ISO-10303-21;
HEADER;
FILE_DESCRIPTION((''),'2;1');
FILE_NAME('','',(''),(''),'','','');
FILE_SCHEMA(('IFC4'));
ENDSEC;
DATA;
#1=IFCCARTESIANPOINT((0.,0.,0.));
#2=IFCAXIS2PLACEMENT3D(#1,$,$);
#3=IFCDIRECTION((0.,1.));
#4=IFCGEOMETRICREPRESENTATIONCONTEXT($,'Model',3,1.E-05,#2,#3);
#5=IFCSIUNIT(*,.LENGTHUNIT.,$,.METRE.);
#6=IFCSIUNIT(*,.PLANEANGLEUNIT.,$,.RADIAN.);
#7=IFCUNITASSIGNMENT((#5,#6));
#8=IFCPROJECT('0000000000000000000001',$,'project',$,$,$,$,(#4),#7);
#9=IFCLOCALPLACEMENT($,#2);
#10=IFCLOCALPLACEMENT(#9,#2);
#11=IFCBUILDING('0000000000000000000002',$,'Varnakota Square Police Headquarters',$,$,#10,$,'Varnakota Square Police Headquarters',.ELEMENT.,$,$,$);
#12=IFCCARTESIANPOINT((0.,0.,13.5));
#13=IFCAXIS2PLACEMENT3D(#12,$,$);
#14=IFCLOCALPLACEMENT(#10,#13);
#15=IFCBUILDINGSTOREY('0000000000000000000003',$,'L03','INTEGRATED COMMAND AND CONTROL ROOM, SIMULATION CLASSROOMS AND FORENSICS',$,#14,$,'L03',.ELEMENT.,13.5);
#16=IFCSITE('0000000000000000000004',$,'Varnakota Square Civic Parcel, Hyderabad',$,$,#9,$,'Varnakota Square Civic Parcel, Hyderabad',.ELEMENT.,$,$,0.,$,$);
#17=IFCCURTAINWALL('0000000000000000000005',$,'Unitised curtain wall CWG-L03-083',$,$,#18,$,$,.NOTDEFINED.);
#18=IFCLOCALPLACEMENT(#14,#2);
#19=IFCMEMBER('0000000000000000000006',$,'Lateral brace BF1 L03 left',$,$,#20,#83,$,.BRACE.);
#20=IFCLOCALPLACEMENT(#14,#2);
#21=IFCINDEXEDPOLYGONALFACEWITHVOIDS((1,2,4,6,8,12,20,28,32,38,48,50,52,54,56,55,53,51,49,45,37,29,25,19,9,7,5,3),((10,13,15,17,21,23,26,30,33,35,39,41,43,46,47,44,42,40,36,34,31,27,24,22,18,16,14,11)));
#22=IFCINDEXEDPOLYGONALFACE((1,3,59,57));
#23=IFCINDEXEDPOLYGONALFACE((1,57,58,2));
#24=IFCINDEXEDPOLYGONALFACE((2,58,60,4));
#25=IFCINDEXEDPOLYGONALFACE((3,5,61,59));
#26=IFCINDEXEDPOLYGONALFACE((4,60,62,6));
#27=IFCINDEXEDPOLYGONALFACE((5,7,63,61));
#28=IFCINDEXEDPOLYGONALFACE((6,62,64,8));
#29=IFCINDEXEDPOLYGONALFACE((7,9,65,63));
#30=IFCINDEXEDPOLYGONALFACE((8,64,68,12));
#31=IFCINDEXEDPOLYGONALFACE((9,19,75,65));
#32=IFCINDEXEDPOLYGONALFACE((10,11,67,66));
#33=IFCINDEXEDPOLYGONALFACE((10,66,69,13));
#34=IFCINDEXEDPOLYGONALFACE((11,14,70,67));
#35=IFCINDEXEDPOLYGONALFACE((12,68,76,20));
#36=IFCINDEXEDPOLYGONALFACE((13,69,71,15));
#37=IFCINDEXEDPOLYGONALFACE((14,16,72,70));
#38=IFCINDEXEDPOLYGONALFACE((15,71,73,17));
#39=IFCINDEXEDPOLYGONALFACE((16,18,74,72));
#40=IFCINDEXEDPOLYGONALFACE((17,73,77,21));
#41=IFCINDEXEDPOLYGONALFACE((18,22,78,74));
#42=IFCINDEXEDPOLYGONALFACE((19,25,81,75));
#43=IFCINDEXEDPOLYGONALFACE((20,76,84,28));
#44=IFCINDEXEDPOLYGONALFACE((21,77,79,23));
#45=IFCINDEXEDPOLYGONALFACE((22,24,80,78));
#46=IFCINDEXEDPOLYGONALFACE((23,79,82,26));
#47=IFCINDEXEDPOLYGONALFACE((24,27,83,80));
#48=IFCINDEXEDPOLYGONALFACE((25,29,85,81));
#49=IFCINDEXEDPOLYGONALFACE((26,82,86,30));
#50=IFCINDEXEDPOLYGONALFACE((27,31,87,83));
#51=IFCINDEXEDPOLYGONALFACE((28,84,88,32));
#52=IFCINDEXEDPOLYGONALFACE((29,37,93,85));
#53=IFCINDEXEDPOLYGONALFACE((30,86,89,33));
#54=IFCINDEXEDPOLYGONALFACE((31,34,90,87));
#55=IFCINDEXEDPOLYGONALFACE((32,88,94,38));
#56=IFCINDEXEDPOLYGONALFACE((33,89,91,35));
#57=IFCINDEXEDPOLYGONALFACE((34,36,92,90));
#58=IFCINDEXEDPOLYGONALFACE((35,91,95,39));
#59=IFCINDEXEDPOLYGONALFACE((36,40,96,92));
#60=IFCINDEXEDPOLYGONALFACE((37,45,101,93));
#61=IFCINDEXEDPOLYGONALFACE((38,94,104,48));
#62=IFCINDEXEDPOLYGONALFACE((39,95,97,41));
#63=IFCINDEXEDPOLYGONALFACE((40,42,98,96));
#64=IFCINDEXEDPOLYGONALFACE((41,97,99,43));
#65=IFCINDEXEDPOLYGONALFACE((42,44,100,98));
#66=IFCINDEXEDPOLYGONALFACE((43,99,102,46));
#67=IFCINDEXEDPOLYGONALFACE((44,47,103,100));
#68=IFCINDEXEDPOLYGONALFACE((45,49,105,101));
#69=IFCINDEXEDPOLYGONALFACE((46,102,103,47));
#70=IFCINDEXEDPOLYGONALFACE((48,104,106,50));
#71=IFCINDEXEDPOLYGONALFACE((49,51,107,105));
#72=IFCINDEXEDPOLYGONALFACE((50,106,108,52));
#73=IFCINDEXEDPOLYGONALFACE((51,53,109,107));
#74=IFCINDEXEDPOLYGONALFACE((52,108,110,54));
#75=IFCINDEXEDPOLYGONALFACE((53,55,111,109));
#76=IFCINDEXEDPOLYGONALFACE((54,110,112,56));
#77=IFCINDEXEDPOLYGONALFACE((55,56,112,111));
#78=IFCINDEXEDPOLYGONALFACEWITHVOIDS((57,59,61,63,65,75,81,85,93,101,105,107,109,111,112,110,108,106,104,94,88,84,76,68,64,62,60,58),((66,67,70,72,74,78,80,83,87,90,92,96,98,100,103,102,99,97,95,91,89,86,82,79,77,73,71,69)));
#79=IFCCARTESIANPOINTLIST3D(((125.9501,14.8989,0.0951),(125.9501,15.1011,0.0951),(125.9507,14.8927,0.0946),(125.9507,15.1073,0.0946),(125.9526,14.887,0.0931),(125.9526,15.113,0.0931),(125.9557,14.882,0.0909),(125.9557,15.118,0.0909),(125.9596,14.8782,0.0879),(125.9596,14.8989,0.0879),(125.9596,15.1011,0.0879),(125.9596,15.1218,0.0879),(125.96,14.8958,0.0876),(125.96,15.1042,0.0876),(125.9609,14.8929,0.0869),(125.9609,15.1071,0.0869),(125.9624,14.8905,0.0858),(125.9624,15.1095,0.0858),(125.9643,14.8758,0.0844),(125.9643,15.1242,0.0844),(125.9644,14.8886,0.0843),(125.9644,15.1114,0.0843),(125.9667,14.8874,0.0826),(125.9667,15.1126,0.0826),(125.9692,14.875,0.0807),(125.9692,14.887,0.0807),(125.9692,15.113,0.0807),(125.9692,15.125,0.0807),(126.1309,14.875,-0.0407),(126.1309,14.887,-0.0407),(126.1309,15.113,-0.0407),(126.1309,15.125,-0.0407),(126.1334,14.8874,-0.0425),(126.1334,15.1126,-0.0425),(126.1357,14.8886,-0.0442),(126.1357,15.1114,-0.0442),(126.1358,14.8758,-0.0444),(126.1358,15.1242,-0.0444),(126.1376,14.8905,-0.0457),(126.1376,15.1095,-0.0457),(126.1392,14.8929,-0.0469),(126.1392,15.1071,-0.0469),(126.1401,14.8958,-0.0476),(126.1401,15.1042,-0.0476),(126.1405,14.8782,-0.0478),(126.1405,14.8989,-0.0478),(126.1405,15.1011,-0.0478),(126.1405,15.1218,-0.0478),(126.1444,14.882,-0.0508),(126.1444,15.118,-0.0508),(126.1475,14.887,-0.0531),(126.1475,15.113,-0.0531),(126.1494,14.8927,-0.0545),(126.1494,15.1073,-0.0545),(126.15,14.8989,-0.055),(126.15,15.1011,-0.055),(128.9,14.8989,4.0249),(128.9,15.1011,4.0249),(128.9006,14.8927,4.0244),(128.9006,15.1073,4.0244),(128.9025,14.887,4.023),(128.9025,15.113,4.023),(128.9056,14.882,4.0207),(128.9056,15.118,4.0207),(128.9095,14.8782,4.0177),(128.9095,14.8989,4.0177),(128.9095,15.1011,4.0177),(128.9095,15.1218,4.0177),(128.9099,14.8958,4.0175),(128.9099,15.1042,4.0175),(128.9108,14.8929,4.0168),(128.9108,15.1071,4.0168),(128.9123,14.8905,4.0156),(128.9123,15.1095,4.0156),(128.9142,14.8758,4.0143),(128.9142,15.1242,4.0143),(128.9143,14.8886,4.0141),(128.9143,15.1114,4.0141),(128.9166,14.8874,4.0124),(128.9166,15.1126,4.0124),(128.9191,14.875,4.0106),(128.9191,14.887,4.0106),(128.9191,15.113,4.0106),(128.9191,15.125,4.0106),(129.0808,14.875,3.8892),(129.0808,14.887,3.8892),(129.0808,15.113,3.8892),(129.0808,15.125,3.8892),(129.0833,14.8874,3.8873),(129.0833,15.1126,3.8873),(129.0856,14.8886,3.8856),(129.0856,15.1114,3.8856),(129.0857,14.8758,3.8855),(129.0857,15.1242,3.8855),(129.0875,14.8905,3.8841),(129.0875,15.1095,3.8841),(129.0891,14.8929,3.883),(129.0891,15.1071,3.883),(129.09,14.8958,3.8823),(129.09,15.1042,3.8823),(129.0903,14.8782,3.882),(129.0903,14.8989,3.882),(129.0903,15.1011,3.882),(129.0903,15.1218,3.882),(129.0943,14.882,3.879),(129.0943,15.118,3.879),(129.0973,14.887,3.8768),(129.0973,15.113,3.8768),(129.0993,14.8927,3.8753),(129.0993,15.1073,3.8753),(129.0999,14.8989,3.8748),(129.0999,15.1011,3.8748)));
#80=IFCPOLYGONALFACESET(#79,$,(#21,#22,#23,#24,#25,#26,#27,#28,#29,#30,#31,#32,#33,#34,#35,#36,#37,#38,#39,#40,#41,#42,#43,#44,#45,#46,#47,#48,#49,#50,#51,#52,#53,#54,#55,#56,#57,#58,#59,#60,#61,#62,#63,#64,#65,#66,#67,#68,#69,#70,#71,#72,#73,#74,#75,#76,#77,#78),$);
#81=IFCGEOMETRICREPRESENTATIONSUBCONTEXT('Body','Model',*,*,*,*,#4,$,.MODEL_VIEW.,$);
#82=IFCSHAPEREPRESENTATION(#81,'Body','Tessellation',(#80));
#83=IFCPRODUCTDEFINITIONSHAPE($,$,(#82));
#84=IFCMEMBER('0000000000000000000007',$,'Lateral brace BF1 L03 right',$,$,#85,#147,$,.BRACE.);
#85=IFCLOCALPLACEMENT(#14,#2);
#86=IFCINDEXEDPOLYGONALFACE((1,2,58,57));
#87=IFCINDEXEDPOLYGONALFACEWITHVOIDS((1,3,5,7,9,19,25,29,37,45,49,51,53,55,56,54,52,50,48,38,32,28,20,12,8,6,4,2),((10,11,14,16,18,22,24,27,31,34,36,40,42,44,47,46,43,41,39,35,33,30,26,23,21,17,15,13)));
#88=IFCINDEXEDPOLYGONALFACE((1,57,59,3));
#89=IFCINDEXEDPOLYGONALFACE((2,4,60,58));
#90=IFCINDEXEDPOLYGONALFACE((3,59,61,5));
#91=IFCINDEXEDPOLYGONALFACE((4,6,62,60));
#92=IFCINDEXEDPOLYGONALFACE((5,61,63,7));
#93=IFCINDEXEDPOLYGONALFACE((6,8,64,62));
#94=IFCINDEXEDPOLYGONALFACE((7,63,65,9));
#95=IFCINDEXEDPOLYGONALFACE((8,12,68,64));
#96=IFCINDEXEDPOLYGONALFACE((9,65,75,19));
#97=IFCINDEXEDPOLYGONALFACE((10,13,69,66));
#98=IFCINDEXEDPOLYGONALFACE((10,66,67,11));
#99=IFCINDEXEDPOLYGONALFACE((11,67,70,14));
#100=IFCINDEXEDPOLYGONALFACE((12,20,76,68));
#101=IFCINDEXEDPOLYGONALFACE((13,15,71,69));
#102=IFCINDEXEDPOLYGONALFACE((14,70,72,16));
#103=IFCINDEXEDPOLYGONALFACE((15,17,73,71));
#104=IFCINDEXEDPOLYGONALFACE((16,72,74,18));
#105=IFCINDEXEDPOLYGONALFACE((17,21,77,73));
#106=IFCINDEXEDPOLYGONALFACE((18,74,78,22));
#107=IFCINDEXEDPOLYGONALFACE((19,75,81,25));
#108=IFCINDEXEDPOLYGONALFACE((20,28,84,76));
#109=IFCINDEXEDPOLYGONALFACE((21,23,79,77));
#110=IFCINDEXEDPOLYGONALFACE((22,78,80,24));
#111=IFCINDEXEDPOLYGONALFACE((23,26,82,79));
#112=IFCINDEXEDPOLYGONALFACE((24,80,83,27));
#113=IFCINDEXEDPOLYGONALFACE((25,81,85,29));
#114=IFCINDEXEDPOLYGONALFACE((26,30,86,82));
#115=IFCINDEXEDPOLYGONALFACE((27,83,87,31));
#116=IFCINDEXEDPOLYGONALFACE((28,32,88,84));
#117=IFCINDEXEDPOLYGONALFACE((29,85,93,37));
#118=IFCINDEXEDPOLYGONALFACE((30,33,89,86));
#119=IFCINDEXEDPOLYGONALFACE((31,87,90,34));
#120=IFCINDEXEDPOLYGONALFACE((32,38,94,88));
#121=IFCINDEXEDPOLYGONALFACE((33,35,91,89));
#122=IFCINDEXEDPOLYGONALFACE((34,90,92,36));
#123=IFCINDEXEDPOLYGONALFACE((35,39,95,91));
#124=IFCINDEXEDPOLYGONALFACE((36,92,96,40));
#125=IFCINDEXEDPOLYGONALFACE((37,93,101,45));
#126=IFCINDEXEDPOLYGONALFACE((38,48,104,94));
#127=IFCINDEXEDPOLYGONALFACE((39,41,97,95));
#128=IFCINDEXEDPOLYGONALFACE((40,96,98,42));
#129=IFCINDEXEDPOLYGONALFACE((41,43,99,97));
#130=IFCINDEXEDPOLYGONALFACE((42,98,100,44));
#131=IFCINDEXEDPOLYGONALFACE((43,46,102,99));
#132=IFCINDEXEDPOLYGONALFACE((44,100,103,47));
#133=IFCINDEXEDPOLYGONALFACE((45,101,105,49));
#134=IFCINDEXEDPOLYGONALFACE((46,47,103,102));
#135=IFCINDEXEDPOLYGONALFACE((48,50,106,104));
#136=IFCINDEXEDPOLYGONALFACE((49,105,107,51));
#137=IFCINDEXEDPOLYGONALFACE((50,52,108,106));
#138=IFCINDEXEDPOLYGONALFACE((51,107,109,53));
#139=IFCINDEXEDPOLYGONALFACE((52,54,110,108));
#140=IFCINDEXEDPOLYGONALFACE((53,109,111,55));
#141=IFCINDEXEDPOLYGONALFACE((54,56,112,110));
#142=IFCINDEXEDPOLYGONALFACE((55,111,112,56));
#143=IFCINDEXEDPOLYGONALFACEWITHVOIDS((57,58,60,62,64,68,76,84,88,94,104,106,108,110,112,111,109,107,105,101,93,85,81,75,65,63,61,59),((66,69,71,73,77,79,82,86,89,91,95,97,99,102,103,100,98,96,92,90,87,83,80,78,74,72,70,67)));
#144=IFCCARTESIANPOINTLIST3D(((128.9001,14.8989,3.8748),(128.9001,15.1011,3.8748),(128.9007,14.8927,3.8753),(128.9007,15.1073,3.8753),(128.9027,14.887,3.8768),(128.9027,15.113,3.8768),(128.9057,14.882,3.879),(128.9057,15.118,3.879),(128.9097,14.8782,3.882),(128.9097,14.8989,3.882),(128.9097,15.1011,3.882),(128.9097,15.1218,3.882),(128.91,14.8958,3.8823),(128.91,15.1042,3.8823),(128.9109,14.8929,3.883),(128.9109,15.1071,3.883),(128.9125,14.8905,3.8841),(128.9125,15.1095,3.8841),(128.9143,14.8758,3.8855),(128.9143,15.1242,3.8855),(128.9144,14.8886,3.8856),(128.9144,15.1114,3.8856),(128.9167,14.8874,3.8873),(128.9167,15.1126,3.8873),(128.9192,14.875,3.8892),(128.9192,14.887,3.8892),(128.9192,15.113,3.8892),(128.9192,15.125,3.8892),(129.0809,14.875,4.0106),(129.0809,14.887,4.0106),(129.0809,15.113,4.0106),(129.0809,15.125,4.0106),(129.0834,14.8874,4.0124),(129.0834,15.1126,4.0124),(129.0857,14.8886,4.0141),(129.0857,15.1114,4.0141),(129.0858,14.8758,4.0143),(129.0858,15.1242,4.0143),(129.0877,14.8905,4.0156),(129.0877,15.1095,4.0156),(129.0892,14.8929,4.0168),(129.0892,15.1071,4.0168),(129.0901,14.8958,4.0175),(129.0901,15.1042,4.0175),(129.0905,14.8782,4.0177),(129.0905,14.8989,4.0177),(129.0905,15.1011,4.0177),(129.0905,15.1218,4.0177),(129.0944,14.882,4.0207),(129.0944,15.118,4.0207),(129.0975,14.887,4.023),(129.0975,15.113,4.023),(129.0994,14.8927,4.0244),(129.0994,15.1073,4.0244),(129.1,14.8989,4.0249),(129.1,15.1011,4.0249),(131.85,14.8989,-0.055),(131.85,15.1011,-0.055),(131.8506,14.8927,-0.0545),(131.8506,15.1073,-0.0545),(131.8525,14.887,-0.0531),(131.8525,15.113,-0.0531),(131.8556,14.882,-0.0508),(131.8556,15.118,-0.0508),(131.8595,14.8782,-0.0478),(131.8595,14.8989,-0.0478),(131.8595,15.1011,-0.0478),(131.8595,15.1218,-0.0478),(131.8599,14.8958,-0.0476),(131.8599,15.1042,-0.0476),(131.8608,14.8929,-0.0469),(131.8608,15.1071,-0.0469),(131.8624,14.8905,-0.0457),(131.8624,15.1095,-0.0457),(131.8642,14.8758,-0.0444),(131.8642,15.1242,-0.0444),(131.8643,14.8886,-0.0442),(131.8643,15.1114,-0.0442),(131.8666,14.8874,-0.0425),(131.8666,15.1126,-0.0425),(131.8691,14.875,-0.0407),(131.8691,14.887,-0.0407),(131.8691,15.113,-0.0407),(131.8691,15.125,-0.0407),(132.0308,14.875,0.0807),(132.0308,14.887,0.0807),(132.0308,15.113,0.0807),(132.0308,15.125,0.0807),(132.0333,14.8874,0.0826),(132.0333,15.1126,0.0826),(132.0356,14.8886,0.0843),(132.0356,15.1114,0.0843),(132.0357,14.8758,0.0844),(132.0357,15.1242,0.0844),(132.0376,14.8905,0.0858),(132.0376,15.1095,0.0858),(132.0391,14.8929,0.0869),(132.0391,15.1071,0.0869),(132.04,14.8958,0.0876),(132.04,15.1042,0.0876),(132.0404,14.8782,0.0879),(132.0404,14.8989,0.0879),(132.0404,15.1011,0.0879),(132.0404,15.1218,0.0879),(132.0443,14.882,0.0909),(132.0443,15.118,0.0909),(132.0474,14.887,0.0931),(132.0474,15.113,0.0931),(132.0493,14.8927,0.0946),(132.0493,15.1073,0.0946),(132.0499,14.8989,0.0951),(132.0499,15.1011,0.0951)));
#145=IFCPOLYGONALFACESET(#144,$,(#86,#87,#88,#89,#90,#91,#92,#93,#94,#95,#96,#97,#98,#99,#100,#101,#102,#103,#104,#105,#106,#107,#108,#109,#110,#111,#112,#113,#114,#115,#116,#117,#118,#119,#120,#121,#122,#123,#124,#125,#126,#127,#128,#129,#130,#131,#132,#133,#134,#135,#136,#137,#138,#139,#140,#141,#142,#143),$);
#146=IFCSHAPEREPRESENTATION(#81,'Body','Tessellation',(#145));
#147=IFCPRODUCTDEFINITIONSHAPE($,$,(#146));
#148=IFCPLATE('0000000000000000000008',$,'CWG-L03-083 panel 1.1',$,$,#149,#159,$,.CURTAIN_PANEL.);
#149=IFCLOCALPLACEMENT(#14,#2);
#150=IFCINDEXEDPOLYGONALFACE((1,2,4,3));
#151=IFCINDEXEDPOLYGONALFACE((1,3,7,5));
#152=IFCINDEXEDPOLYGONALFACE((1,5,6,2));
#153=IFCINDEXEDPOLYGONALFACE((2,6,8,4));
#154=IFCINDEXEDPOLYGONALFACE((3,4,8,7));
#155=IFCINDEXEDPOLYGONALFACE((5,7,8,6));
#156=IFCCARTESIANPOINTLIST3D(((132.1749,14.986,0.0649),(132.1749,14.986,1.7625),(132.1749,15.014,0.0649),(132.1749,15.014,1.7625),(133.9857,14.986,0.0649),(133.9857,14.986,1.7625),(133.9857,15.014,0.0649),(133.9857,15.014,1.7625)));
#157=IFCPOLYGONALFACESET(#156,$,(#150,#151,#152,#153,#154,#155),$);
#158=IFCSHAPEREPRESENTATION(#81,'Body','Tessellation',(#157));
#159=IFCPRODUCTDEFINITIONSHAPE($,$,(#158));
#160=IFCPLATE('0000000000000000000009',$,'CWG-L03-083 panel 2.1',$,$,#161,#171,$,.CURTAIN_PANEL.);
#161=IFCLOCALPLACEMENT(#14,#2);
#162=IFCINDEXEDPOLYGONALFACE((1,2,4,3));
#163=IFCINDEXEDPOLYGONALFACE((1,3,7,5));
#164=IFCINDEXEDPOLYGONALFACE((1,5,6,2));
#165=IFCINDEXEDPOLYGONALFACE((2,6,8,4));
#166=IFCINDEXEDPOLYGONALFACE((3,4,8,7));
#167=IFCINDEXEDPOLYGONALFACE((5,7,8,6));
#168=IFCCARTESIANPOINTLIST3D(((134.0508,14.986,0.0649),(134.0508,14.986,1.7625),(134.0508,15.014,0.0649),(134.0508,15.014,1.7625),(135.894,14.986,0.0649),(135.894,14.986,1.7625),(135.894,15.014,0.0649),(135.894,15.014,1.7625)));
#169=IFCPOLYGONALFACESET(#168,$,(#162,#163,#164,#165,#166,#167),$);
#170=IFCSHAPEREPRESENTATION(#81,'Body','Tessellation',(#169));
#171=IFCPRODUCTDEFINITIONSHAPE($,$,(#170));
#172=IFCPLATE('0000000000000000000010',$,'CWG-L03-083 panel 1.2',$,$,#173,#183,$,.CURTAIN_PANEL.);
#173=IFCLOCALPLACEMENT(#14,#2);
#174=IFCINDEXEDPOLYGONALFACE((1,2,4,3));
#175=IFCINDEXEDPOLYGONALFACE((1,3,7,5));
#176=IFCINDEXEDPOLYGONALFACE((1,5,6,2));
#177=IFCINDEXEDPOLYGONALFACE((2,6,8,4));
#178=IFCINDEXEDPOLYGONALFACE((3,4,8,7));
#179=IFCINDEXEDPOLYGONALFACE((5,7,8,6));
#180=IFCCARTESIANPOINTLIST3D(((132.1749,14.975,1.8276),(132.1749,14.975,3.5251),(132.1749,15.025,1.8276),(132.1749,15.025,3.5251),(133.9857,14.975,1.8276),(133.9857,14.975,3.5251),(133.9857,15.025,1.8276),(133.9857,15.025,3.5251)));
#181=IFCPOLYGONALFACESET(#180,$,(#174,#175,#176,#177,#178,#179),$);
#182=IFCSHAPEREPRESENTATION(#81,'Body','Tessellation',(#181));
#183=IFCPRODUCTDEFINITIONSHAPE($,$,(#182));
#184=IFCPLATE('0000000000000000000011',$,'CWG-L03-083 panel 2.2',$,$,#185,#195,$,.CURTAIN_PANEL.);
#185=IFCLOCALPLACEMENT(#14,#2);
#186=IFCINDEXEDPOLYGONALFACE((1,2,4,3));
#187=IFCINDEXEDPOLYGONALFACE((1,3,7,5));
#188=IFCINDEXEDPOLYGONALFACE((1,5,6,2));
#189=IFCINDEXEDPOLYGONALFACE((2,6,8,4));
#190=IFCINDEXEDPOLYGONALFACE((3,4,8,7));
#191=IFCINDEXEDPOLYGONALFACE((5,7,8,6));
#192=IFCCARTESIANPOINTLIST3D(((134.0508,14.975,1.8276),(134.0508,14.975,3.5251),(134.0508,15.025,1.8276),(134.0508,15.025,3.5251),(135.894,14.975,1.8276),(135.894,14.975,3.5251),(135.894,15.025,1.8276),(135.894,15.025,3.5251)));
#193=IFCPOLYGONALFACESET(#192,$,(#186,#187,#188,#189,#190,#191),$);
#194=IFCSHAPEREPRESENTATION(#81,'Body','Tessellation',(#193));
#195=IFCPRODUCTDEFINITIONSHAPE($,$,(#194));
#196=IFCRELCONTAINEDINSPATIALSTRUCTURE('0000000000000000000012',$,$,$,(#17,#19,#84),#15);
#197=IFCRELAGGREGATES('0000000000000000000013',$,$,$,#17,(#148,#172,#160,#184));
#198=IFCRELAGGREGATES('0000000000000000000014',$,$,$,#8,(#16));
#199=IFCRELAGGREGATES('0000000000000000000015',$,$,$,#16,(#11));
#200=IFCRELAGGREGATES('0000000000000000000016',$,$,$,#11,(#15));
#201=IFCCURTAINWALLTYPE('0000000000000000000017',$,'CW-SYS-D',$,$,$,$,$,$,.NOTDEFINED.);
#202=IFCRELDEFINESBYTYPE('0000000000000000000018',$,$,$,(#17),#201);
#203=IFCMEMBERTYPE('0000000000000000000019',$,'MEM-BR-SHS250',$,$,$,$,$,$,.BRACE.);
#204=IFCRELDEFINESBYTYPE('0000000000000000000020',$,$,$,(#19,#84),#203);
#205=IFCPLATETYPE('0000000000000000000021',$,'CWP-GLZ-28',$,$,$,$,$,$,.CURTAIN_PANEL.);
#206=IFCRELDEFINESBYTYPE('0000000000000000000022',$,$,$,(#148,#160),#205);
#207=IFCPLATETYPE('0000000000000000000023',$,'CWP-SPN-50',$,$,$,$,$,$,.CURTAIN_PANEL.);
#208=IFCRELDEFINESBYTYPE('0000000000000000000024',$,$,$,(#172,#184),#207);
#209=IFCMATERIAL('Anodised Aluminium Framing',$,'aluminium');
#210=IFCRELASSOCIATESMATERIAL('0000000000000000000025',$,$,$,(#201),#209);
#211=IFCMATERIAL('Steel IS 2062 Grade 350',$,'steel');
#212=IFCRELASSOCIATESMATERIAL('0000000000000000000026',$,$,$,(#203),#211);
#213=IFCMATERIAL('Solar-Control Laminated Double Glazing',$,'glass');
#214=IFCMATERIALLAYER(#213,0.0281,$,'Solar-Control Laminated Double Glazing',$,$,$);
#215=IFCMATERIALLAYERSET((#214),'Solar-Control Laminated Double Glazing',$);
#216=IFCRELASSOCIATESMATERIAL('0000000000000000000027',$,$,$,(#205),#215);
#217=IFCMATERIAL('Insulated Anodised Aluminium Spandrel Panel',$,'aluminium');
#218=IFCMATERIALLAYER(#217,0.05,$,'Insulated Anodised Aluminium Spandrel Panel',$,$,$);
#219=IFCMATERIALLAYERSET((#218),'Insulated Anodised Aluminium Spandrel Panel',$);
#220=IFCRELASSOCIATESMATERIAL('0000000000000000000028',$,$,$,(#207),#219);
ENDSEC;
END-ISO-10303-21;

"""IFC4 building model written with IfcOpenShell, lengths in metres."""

from ifc_helpers import new_model, si_unit, direction, frame, origin, origin_2d, place, context, subcontext, project, spatial, rectangle, hollow_rectangle, extrude, material, layer, layer_set, material_profile, profile_set, type_object, element, aggregate, save


model = new_model("IFC4")

# Units and contexts
model_context = context("Model", 3, precision=1e-05, world=origin(), true_north=direction((0.0, 1.0)))
body_context = subcontext(model_context, "Body", "Model", "MODEL_VIEW")
ifc_project = project(units=[si_unit("LENGTHUNIT", "METRE"), si_unit("PLANEANGLEUNIT", "RADIAN")], contexts=[model_context])

# Site, building, storey
site_placement = place(None, origin())
site = spatial("IfcSite", under=ifc_project, at=site_placement, Name="Varnakota Square Civic Parcel, Hyderabad", LongName="Varnakota Square Civic Parcel, Hyderabad", CompositionType="ELEMENT", RefElevation=0.0)
building_placement = place(site_placement, origin())
building = spatial("IfcBuilding", under=site, at=building_placement, Name="Varnakota Square Police Headquarters", LongName="Varnakota Square Police Headquarters", CompositionType="ELEMENT")
storey_placement = place(building_placement, frame((0.0, 0.0, 13.5)))
storey = spatial("IfcBuildingStorey", under=building, at=storey_placement, Name="L03", Description="INTEGRATED COMMAND AND CONTROL ROOM, SIMULATION CLASSROOMS AND FORENSICS", LongName="L03", CompositionType="ELEMENT", Elevation=13.5)

# Shared definitions
ifc_material_1 = material(Name="Steel IS 2062 Grade 350", Category="steel")

# Curtain wall
ifc_material_2 = material(Name="Anodised Aluminium Framing", Category="aluminium")
curtain_wall_type = type_object("IfcCurtainWallType", Name="CW-SYS-D", PredefinedType="NOTDEFINED", material=ifc_material_2)
curtain_wall_placement = place(storey_placement, origin())
curtain_wall = element("IfcCurtainWall", 1, at=curtain_wall_placement, inside=storey, type_object=curtain_wall_type, Name="Unitised curtain wall CWG-L03-083", PredefinedType="NOTDEFINED")

# Members
ifc_material_profile_1 = material_profile(ifc_material_1, hollow_rectangle(XDim=0.25, YDim=0.25, WallThickness=0.012, InnerFilletRadius=0.012, OuterFilletRadius=0.0239, at=origin_2d()), Name="SHS 250x250x12")
ifc_profile_set_1 = profile_set([ifc_material_profile_1], Name="Steel IS 2062 Grade 350")
member_type_1 = type_object("IfcMemberType", Name="MEM-BR-SHS250", PredefinedType="BRACE", material=ifc_profile_set_1)
for number, where, z_axis, x_axis, name in (
    (2, (126.05, 15.0, 0.02), (0.600326, 0.0, 0.799755), (0.0, 1.0, 0.0), "Lateral brace BF1 L03 left"),
    (3, (131.95, 15.0, 0.02), (-0.600326, 0.0, 0.799755), (0.0, -1.0, 0.0), "Lateral brace BF1 L03 right"),
):
    element("IfcMember", number, at=place(storey_placement, frame(where, z_axis=z_axis, x_axis=x_axis)), inside=storey, type_object=member_type_1, Name=name, PredefinedType="BRACE", context=body_context, shape_type="SweptSolid", body=[
        extrude(hollow_rectangle(XDim=0.25, YDim=0.25, WallThickness=0.012, InnerFilletRadius=0.012, OuterFilletRadius=0.0239, at=origin_2d()), origin(), (0.0, 0.0, 1.0), 4.9138),
    ])

# Plates
ifc_material_3 = material(Name="Solar-Control Laminated Double Glazing", Category="glass")
ifc_layer_1 = layer(ifc_material_3, 0.0281, Name="Solar-Control Laminated Double Glazing")
ifc_layer_set_1 = layer_set([ifc_layer_1], Name="Solar-Control Laminated Double Glazing")
plate_type_1 = type_object("IfcPlateType", Name="CWP-GLZ-28", PredefinedType="CURTAIN_PANEL", material=ifc_layer_set_1)
plate_1_placement = place(storey_placement, frame((133.0803, 15.0, 0.0649), z_axis=(0.0, 0.0, 1.0), x_axis=(1.0, 0.0, 0.0)))
plate_1 = element("IfcPlate", 4, at=plate_1_placement, type_object=plate_type_1, Name="CWG-L03-083 panel 1.1", PredefinedType="CURTAIN_PANEL", context=body_context, shape_type="SweptSolid", body=[
    extrude(rectangle(XDim=1.8108, YDim=0.0281, at=origin_2d()), origin(), (0.0, 0.0, 1.0), 1.6975),
])
plate_2_placement = place(storey_placement, frame((134.9724, 15.0, 0.0649), z_axis=(0.0, 0.0, 1.0), x_axis=(1.0, 0.0, 0.0)))
plate_2 = element("IfcPlate", 5, at=plate_2_placement, type_object=plate_type_1, Name="CWG-L03-083 panel 2.1", PredefinedType="CURTAIN_PANEL", context=body_context, shape_type="SweptSolid", body=[
    extrude(rectangle(XDim=1.8433, YDim=0.0281, at=origin_2d()), origin(), (0.0, 0.0, 1.0), 1.6975),
])
ifc_material_4 = material(Name="Insulated Anodised Aluminium Spandrel Panel", Category="aluminium")
ifc_layer_2 = layer(ifc_material_4, 0.05, Name="Insulated Anodised Aluminium Spandrel Panel")
ifc_layer_set_2 = layer_set([ifc_layer_2], Name="Insulated Anodised Aluminium Spandrel Panel")
plate_type_2 = type_object("IfcPlateType", Name="CWP-SPN-50", PredefinedType="CURTAIN_PANEL", material=ifc_layer_set_2)
plate_3_placement = place(storey_placement, frame((133.0803, 15.0, 1.8276), z_axis=(0.0, 0.0, 1.0), x_axis=(1.0, 0.0, 0.0)))
plate_3 = element("IfcPlate", 6, at=plate_3_placement, type_object=plate_type_2, Name="CWG-L03-083 panel 1.2", PredefinedType="CURTAIN_PANEL", context=body_context, shape_type="SweptSolid", body=[
    extrude(rectangle(XDim=1.8108, YDim=0.05, at=origin_2d()), origin(), (0.0, 0.0, 1.0), 1.6975),
])
plate_4_placement = place(storey_placement, frame((134.9724, 15.0, 1.8276), z_axis=(0.0, 0.0, 1.0), x_axis=(1.0, 0.0, 0.0)))
plate_4 = element("IfcPlate", 7, at=plate_4_placement, type_object=plate_type_2, Name="CWG-L03-083 panel 2.2", PredefinedType="CURTAIN_PANEL", context=body_context, shape_type="SweptSolid", body=[
    extrude(rectangle(XDim=1.8433, YDim=0.05, at=origin_2d()), origin(), (0.0, 0.0, 1.0), 1.6975),
])
aggregate(curtain_wall, [plate_1, plate_3, plate_2, plate_4])

save(model, "model.ifc")
